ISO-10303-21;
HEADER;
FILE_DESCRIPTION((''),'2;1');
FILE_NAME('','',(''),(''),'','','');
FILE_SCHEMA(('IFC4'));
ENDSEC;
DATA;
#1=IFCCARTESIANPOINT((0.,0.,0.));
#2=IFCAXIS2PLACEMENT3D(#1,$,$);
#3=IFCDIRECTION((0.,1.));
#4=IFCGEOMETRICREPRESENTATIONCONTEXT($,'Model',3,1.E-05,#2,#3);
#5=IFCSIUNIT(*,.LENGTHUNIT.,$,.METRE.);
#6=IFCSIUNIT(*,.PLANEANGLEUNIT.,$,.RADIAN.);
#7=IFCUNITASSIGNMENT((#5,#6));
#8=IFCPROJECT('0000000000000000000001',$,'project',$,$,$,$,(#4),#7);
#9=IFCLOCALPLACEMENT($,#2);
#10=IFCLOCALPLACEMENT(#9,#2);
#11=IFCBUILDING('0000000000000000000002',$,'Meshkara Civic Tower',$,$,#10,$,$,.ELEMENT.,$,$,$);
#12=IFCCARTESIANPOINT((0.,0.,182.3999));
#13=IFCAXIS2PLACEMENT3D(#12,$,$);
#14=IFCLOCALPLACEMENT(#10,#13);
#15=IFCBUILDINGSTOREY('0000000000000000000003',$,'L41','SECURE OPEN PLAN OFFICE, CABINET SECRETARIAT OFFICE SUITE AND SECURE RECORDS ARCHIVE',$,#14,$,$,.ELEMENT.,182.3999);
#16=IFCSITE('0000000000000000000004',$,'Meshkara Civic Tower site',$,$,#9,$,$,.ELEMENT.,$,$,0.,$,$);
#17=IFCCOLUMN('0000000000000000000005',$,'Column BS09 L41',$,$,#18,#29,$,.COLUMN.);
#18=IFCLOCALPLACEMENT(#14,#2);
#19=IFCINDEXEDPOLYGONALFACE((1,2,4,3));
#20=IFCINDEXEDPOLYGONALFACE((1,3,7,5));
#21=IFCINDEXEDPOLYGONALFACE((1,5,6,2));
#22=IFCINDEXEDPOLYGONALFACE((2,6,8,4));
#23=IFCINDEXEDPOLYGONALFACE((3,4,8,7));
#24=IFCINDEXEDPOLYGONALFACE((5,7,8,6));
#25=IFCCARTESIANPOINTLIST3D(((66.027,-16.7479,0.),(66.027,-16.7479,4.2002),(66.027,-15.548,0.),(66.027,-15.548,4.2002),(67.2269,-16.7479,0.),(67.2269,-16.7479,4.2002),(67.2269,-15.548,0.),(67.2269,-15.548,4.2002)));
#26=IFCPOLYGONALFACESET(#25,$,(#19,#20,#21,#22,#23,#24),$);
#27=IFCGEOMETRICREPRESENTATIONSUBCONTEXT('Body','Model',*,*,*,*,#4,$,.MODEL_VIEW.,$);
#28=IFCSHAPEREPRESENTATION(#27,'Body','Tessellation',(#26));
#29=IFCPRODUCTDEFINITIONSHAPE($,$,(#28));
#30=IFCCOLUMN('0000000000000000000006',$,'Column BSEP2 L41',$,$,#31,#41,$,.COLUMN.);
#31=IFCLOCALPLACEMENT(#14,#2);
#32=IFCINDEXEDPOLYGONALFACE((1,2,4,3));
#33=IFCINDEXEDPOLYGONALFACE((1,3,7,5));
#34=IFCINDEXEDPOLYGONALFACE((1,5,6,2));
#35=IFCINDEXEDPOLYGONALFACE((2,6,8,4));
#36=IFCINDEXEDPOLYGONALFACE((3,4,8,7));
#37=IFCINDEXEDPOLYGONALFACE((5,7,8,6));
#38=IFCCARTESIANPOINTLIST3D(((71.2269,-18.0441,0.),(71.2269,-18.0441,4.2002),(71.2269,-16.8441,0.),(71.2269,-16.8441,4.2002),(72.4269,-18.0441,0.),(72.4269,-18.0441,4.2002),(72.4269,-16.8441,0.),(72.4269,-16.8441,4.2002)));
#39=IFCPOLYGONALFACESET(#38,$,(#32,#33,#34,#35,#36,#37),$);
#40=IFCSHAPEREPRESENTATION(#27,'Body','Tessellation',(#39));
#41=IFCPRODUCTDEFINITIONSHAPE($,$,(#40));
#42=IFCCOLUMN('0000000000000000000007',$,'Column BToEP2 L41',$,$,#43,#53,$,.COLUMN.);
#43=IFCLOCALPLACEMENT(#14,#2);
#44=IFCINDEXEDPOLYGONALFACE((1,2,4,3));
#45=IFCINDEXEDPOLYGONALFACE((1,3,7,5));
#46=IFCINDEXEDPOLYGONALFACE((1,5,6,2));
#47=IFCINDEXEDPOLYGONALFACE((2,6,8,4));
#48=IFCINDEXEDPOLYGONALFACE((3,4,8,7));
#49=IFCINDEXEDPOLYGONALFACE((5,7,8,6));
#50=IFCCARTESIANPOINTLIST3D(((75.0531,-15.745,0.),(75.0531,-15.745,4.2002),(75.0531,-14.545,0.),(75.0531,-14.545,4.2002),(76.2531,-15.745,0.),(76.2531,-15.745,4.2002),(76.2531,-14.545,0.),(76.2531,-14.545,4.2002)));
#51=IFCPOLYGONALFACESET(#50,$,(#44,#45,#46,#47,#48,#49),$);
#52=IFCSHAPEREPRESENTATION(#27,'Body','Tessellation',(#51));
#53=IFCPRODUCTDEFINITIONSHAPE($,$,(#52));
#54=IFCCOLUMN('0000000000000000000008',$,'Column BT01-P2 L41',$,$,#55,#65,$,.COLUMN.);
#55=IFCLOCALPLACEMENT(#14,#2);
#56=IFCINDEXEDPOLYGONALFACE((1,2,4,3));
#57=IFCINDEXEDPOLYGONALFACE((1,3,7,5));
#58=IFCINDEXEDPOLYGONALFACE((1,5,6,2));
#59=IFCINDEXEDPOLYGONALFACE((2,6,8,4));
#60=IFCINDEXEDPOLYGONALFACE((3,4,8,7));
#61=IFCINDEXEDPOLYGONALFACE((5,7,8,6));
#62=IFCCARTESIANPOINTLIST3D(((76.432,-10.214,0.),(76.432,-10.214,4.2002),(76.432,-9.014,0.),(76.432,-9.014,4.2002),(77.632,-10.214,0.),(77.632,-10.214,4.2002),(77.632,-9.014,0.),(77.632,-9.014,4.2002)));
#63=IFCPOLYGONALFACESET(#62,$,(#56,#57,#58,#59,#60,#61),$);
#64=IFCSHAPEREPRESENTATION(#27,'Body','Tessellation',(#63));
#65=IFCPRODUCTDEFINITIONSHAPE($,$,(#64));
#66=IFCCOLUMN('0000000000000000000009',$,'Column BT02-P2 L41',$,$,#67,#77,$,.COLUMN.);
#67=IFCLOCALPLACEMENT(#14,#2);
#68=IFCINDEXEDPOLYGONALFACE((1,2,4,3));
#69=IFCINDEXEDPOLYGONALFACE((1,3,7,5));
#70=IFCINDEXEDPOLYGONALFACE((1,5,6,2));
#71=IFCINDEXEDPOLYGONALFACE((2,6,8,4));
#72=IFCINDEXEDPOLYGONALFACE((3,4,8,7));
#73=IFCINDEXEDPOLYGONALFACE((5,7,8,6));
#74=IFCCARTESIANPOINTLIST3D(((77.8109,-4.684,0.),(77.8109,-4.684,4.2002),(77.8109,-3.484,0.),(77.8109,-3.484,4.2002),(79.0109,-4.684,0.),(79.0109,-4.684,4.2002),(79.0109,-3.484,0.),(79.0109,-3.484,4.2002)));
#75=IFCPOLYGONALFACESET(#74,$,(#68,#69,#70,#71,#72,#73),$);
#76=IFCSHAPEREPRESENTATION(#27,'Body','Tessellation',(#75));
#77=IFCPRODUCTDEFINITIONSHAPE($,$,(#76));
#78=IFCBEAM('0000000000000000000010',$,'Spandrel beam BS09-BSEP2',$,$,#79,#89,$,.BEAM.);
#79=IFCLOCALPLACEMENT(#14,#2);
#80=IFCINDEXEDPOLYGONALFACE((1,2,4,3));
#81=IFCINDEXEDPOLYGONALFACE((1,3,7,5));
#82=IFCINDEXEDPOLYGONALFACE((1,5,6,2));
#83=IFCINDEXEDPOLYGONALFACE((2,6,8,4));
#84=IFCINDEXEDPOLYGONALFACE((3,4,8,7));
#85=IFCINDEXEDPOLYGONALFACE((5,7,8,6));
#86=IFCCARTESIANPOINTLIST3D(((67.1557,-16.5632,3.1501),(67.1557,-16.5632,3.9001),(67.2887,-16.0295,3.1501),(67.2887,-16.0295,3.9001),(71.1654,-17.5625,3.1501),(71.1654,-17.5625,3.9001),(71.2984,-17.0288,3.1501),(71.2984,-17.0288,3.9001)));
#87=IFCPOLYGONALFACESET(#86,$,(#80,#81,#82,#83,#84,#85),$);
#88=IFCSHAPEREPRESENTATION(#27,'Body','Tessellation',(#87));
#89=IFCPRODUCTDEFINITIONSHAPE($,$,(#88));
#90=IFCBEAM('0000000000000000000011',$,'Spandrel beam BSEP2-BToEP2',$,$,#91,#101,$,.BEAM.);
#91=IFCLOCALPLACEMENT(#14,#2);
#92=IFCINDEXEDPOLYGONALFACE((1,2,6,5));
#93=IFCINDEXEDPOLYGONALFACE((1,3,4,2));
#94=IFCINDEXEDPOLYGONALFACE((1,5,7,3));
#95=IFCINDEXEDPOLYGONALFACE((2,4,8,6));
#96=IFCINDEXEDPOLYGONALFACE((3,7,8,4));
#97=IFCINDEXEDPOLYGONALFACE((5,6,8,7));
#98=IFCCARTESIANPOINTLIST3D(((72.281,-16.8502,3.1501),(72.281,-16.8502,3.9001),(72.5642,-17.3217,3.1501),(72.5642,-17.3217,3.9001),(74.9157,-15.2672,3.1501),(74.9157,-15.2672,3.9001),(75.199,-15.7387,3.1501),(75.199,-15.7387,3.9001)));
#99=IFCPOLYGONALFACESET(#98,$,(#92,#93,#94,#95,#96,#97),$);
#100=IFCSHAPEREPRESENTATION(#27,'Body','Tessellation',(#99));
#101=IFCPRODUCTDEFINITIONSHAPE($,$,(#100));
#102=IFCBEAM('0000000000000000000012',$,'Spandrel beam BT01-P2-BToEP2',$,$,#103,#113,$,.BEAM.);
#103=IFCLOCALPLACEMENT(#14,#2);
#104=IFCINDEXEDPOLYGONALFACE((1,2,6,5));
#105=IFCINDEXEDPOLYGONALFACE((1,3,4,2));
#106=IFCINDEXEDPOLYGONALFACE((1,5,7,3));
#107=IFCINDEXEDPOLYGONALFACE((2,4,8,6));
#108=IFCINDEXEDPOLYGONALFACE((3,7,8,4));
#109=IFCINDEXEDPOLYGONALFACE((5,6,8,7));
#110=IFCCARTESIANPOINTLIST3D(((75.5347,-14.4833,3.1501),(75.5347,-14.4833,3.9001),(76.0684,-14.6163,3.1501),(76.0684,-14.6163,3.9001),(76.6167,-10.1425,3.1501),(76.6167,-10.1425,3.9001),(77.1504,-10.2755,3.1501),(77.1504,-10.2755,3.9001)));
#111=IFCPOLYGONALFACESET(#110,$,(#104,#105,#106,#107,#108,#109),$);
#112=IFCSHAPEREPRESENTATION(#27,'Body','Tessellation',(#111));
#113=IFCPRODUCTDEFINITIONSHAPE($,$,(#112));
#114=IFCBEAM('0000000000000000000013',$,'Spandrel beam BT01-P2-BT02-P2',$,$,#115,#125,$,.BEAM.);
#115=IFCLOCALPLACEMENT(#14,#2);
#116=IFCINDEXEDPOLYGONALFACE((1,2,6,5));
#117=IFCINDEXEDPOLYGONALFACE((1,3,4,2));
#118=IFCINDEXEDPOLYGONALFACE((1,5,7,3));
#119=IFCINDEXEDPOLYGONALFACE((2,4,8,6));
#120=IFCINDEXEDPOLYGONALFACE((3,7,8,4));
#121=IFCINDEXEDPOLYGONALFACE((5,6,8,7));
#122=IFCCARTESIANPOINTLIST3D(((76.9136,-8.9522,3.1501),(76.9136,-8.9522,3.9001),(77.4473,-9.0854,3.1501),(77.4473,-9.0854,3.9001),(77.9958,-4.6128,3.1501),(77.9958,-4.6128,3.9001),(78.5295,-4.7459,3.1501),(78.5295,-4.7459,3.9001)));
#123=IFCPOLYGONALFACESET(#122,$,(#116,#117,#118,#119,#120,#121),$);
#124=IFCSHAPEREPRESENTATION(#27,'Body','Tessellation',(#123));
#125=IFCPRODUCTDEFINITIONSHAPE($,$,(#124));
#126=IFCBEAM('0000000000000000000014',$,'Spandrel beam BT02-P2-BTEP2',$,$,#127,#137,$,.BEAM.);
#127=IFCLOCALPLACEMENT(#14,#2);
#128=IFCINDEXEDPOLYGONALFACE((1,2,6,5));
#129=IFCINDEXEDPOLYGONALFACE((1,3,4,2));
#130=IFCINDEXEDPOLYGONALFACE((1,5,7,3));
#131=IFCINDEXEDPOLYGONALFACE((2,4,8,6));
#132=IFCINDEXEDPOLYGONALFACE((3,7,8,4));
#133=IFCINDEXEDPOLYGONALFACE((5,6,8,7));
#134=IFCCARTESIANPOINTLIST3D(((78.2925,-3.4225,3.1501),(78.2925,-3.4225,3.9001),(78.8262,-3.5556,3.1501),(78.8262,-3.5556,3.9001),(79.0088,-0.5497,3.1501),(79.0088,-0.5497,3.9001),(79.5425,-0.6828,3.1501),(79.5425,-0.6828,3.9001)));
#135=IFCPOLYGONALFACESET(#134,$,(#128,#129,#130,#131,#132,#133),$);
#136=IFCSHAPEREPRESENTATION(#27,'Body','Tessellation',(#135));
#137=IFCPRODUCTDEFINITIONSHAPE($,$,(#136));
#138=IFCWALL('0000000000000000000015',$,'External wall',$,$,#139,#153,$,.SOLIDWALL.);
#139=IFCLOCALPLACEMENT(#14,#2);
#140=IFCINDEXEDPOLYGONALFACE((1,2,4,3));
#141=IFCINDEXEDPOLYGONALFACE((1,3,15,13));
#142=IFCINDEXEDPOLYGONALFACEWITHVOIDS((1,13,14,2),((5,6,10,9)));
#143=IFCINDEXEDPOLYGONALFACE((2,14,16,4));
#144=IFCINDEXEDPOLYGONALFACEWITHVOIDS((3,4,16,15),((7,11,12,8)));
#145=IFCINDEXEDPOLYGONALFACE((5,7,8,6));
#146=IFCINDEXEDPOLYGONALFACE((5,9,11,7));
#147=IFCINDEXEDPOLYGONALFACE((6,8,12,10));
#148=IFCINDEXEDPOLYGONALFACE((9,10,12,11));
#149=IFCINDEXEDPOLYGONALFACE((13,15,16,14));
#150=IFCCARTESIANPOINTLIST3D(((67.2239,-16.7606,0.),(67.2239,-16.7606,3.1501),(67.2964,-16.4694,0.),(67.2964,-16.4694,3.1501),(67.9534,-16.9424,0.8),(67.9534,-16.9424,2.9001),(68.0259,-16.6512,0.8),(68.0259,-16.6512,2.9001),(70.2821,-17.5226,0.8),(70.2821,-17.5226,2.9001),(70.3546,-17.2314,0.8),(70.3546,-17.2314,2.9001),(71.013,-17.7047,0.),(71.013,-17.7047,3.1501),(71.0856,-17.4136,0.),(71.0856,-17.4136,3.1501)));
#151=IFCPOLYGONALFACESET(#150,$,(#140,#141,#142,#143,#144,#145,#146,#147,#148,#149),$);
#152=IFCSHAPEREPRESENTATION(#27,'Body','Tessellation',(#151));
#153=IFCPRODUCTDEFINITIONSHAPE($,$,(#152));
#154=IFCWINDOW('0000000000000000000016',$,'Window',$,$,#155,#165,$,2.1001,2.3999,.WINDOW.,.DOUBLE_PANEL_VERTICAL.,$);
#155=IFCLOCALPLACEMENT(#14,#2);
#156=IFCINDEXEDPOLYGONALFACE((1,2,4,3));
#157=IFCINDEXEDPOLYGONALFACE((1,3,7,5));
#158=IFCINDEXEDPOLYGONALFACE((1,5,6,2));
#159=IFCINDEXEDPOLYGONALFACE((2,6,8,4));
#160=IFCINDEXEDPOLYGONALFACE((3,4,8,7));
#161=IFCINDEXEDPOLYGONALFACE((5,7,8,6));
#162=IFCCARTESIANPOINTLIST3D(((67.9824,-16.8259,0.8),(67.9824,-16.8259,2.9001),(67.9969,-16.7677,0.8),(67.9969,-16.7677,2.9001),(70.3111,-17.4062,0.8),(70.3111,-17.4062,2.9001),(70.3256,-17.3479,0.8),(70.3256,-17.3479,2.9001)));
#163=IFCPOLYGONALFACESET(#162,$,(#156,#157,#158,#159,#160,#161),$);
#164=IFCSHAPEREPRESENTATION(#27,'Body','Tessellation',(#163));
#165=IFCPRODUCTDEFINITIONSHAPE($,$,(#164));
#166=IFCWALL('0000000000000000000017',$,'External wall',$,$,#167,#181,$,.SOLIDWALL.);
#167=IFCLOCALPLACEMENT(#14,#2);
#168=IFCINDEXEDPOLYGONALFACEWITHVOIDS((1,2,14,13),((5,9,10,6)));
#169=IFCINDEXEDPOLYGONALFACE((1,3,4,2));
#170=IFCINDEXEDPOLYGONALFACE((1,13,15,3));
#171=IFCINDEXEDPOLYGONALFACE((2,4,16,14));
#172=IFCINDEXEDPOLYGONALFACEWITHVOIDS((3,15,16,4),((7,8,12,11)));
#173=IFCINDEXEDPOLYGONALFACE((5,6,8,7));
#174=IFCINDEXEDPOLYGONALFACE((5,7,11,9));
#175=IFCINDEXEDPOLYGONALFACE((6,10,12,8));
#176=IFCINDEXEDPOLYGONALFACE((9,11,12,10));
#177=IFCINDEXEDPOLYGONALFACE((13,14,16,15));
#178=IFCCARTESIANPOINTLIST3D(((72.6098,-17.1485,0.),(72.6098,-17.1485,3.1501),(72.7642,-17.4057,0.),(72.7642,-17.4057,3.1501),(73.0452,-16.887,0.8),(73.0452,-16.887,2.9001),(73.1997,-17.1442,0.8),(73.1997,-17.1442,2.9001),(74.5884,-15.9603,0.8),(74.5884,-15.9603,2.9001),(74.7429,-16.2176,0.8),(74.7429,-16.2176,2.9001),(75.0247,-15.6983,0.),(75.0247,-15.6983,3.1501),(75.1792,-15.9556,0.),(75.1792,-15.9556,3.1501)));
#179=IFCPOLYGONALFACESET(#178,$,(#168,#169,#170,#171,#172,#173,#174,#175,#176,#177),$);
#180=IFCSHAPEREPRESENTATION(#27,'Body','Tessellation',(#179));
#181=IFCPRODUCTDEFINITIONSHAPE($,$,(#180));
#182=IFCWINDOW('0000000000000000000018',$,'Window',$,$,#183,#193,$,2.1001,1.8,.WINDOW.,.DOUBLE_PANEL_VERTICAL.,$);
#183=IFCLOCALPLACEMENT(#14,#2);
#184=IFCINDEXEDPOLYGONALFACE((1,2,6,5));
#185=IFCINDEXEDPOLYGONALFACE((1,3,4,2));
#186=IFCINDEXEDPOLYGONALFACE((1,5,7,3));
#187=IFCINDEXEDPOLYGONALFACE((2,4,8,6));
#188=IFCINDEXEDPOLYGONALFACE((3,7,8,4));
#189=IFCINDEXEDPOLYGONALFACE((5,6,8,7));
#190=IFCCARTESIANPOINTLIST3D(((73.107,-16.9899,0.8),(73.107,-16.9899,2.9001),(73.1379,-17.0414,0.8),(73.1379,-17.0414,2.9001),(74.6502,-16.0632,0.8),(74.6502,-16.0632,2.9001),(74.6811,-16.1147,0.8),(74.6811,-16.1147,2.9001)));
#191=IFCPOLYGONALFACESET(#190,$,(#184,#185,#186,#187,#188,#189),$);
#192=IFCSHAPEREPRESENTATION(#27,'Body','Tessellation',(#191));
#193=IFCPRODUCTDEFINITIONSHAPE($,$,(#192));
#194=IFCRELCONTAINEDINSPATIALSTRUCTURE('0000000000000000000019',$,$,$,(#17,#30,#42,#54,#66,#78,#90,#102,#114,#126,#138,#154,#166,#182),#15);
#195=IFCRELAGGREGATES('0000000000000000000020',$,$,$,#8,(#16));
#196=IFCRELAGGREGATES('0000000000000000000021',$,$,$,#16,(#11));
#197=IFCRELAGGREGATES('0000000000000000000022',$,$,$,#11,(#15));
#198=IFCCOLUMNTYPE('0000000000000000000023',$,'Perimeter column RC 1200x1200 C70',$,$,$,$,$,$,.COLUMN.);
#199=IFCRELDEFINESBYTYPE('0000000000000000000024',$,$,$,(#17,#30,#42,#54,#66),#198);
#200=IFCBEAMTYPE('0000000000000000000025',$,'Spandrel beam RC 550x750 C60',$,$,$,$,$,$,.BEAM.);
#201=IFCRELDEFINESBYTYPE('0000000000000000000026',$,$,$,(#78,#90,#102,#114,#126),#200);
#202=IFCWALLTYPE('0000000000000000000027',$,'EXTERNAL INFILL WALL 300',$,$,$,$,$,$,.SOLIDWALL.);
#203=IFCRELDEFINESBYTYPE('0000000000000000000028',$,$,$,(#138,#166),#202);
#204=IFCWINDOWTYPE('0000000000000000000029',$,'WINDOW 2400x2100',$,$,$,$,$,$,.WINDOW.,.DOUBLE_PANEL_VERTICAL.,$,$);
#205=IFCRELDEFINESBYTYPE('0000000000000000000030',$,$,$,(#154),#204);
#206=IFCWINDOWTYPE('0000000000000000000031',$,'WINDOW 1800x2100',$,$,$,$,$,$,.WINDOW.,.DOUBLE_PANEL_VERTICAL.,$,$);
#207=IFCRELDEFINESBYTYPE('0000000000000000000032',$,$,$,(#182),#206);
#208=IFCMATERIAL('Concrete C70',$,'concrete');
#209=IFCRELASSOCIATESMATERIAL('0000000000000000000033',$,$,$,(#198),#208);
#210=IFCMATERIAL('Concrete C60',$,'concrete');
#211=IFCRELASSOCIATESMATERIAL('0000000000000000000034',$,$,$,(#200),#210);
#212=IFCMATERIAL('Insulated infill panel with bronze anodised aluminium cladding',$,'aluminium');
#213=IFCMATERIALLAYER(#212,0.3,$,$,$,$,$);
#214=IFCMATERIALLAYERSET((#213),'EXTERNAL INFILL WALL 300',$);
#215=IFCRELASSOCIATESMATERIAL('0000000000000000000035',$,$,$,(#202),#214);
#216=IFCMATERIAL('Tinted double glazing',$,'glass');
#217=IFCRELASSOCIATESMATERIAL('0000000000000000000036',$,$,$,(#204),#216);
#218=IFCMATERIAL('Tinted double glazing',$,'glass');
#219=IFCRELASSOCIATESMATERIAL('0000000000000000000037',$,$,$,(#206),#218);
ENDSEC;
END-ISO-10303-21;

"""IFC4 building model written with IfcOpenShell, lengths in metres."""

from ifc_helpers import new_model, si_unit, direction, frame, frame_2d, origin, origin_2d, place, context, subcontext, project, spatial, rectangle, extrude, material, layer, layer_set, material_profile, profile_set, type_object, element, fill, save


model = new_model("IFC4")

# Units and contexts
model_context = context("Model", 3, precision=1e-05, world=origin(), true_north=direction((0.0, 1.0)))
body_context = subcontext(model_context, "Body", "Model", "MODEL_VIEW")
ifc_project = project(units=[si_unit("LENGTHUNIT", "METRE"), si_unit("PLANEANGLEUNIT", "RADIAN")], contexts=[model_context])

# Site, building, storey
site_placement = place(None, origin())
site = spatial("IfcSite", under=ifc_project, at=site_placement, Name="Meshkara Civic Tower site", CompositionType="ELEMENT", RefElevation=0.0)
building_placement = place(site_placement, origin())
building = spatial("IfcBuilding", under=site, at=building_placement, Name="Meshkara Civic Tower", CompositionType="ELEMENT")
storey_placement = place(building_placement, frame((0.0, 0.0, 182.3999)))
storey = spatial("IfcBuildingStorey", under=building, at=storey_placement, Name="L41", Description="SECURE OPEN PLAN OFFICE, CABINET SECRETARIAT OFFICE SUITE AND SECURE RECORDS ARCHIVE", CompositionType="ELEMENT", Elevation=182.3999)

# Columns
ifc_material_1 = material(Name="Concrete C70", Category="concrete")
ifc_material_profile_1 = material_profile(ifc_material_1, rectangle(XDim=1.2, YDim=1.2, at=origin_2d()))
ifc_profile_set_1 = profile_set([ifc_material_profile_1], Name="Concrete C70")
column_type = type_object("IfcColumnType", Name="Perimeter column RC 1200x1200 C70", PredefinedType="COLUMN", material=ifc_profile_set_1)
for number, where, z_axis, x_axis, name in (
    (1, (66.627, -16.1479, 0.0), (0.0, 0.0, 1.0), (1.0, 0.0, 0.0), "Column BS09 L41"),
    (2, (71.8269, -17.4441, 0.0), (0.0, 0.0, 1.0), (1.0, 0.0, 0.0), "Column BSEP2 L41"),
    (3, (75.6531, -15.145, 0.0), (0.0, 0.0, 1.0), (1.0, 0.0, 0.0), "Column BToEP2 L41"),
    (4, (77.032, -9.614, 0.0), (0.0, 0.0, 1.0), (1.0, 0.0, 0.0), "Column BT01-P2 L41"),
    (5, (78.4109, -4.084, 0.0), (0.0, 0.0, 1.0), (1.0, 0.0, 0.0), "Column BT02-P2 L41"),
):
    element("IfcColumn", number, at=place(storey_placement, frame(where, z_axis=z_axis, x_axis=x_axis)), inside=storey, type_object=column_type, Name=name, PredefinedType="COLUMN", context=body_context, shape_type="SweptSolid", body=[
        extrude(rectangle(XDim=1.2, YDim=1.2, at=origin_2d()), origin(), (0.0, 0.0, 1.0), 4.2002),
    ])

# Beams
ifc_material_2 = material(Name="Concrete C60", Category="concrete")
ifc_material_profile_2 = material_profile(ifc_material_2, rectangle(XDim=0.55, YDim=0.75, at=origin_2d()))
ifc_profile_set_2 = profile_set([ifc_material_profile_2], Name="Concrete C60")
beam_type = type_object("IfcBeamType", Name="Spandrel beam RC 550x750 C60", PredefinedType="BEAM", material=ifc_profile_set_2)
beam_1_placement = place(storey_placement, frame((67.2222, -16.2964, 3.5251), z_axis=(0.970323, -0.241813, 0.0), x_axis=(0.241813, 0.970323, 0.0)))
element("IfcBeam", 6, at=beam_1_placement, inside=storey, type_object=beam_type, Name="Spandrel beam BS09-BSEP2", PredefinedType="BEAM", context=body_context, shape_type="SweptSolid", body=[
    extrude(rectangle(XDim=0.55, YDim=0.75, at=origin_2d()), origin(), (0.0, 0.0, 1.0), 4.1323),
])
beam_2_placement = place(storey_placement, frame((72.4226, -17.0859, 3.5251), z_axis=(0.857184, 0.51501, 0.0), x_axis=(-0.51501, 0.857184, 0.0)))
element("IfcBeam", 7, at=beam_2_placement, inside=storey, type_object=beam_type, Name="Spandrel beam BSEP2-BToEP2", PredefinedType="BEAM", context=body_context, shape_type="SweptSolid", body=[
    extrude(rectangle(XDim=0.55, YDim=0.75, at=origin_2d()), origin(), (0.0, 0.0, 1.0), 3.0737),
])
beam_3_placement = place(storey_placement, frame((75.8015, -14.5498, 3.5251), z_axis=(0.241868, 0.970309, 0.0), x_axis=(-0.970309, 0.241868, 0.0)))
element("IfcBeam", 8, at=beam_3_placement, inside=storey, type_object=beam_type, Name="Spandrel beam BT01-P2-BToEP2", PredefinedType="BEAM", context=body_context, shape_type="SweptSolid", body=[
    extrude(rectangle(XDim=0.55, YDim=0.75, at=origin_2d()), origin(), (0.0, 0.0, 1.0), 4.4736),
])
beam_4_placement = place(storey_placement, frame((77.1804, -9.0188, 3.5251), z_axis=(0.241983, 0.97028, 0.0), x_axis=(-0.97028, 0.241983, 0.0)))
element("IfcBeam", 9, at=beam_4_placement, inside=storey, type_object=beam_type, Name="Spandrel beam BT01-P2-BT02-P2", PredefinedType="BEAM", context=body_context, shape_type="SweptSolid", body=[
    extrude(rectangle(XDim=0.55, YDim=0.75, at=origin_2d()), origin(), (0.0, 0.0, 1.0), 4.4724),
])
beam_5_placement = place(storey_placement, frame((78.5593, -3.489, 3.5251), z_axis=(0.241934, 0.970293, 0.0), x_axis=(-0.970293, 0.241934, 0.0)))
element("IfcBeam", 10, at=beam_5_placement, inside=storey, type_object=beam_type, Name="Spandrel beam BT02-P2-BTEP2", PredefinedType="BEAM", context=body_context, shape_type="SweptSolid", body=[
    extrude(rectangle(XDim=0.55, YDim=0.75, at=origin_2d()), origin(), (0.0, 0.0, 1.0), 2.9607),
])

# Walls, openings, windows
ifc_material_3 = material(Name="Insulated infill panel with bronze anodised aluminium cladding", Category="aluminium")
ifc_layer_1 = layer(ifc_material_3, 0.3)
ifc_layer_set_1 = layer_set([ifc_layer_1], Name="EXTERNAL INFILL WALL 300")
wall_type_1 = type_object("IfcWallType", Name="EXTERNAL INFILL WALL 300", PredefinedType="SOLIDWALL", material=ifc_layer_set_1)
wall_1_placement = place(storey_placement, frame((67.26, -16.615, 0.0), z_axis=(0.0, 0.0, 1.0), x_axis=(0.970333, -0.241771, 0.0)))
wall_1 = element("IfcWall", 11, at=wall_1_placement, inside=storey, type_object=wall_type_1, Name="External wall", PredefinedType="SOLIDWALL", context=body_context, shape_type="SweptSolid", body=[
    extrude(rectangle(XDim=3.905, YDim=0.3, at=frame_2d((1.9526, 0.0))), origin(), (0.0, 0.0, 1.0), 3.1501),
])
opening_1_placement = place(wall_1_placement, frame((0.752, 0.0, 0.8)))
opening_1 = element("IfcOpeningElement", 12, at=opening_1_placement, cuts=wall_1, PredefinedType="OPENING", context=body_context, shape_type="SweptSolid", body=[
    extrude(rectangle(XDim=2.3999, YDim=2.1001, at=frame_2d((1.2, 1.05))), frame((0.0, 0.1599, 0.0), z_axis=(0.0, -1.0, 0.0), x_axis=(1.0, 0.0, 0.0)), (0.0, 0.0, 1.0), 0.3201),
])
ifc_material_4 = material(Name="Tinted double glazing", Category="glass")
window_type_1 = type_object("IfcWindowType", Name="WINDOW 2400x2100", PartitioningType="DOUBLE_PANEL_VERTICAL", PredefinedType="WINDOW", material=ifc_material_4)
window_1_placement = place(opening_1_placement, origin())
window_1 = element("IfcWindow", 13, at=window_1_placement, inside=storey, type_object=window_type_1, Name="Window", OverallHeight=2.1001, OverallWidth=2.3999, PartitioningType="DOUBLE_PANEL_VERTICAL", PredefinedType="WINDOW", context=body_context, shape_type="SweptSolid", body=[
    extrude(rectangle(XDim=2.3999, YDim=2.1001, at=frame_2d((1.2, 1.05))), frame((0.0, 0.03, 0.0), z_axis=(0.0, -1.0, 0.0), x_axis=(1.0, 0.0, 0.0)), (0.0, 0.0, 1.0), 0.0601),
])
fill(opening_1, window_1)
wall_2_placement = place(storey_placement, frame((72.687, -17.2771, 0.0), z_axis=(0.0, 0.0, 1.0), x_axis=(0.857309, 0.514802, 0.0)))
wall_2 = element("IfcWall", 14, at=wall_2_placement, inside=storey, type_object=wall_type_1, Name="External wall", PredefinedType="SOLIDWALL", context=body_context, shape_type="SweptSolid", body=[
    extrude(rectangle(XDim=2.8169, YDim=0.3, at=frame_2d((1.4084, 0.0))), origin(), (0.0, 0.0, 1.0), 3.1501),
])
opening_2_placement = place(wall_2_placement, frame((0.5081, 0.0, 0.8)))
opening_2 = element("IfcOpeningElement", 15, at=opening_2_placement, cuts=wall_2, PredefinedType="OPENING", context=body_context, shape_type="SweptSolid", body=[
    extrude(rectangle(XDim=1.8, YDim=2.1001, at=frame_2d((0.8999, 1.05))), frame((0.0, 0.1599, 0.0), z_axis=(0.0, -1.0, 0.0), x_axis=(1.0, 0.0, 0.0)), (0.0, 0.0, 1.0), 0.3201),
])
ifc_material_5 = material(Name="Tinted double glazing", Category="glass")
window_type_2 = type_object("IfcWindowType", Name="WINDOW 1800x2100", PartitioningType="DOUBLE_PANEL_VERTICAL", PredefinedType="WINDOW", material=ifc_material_5)
window_2_placement = place(opening_2_placement, origin())
window_2 = element("IfcWindow", 16, at=window_2_placement, inside=storey, type_object=window_type_2, Name="Window", OverallHeight=2.1001, OverallWidth=1.8, PartitioningType="DOUBLE_PANEL_VERTICAL", PredefinedType="WINDOW", context=body_context, shape_type="SweptSolid", body=[
    extrude(rectangle(XDim=1.8, YDim=2.1001, at=frame_2d((0.8999, 1.05))), frame((0.0, 0.03, 0.0), z_axis=(0.0, -1.0, 0.0), x_axis=(1.0, 0.0, 0.0)), (0.0, 0.0, 1.0), 0.0601),
])
fill(opening_2, window_2)

save(model, "model.ifc")
